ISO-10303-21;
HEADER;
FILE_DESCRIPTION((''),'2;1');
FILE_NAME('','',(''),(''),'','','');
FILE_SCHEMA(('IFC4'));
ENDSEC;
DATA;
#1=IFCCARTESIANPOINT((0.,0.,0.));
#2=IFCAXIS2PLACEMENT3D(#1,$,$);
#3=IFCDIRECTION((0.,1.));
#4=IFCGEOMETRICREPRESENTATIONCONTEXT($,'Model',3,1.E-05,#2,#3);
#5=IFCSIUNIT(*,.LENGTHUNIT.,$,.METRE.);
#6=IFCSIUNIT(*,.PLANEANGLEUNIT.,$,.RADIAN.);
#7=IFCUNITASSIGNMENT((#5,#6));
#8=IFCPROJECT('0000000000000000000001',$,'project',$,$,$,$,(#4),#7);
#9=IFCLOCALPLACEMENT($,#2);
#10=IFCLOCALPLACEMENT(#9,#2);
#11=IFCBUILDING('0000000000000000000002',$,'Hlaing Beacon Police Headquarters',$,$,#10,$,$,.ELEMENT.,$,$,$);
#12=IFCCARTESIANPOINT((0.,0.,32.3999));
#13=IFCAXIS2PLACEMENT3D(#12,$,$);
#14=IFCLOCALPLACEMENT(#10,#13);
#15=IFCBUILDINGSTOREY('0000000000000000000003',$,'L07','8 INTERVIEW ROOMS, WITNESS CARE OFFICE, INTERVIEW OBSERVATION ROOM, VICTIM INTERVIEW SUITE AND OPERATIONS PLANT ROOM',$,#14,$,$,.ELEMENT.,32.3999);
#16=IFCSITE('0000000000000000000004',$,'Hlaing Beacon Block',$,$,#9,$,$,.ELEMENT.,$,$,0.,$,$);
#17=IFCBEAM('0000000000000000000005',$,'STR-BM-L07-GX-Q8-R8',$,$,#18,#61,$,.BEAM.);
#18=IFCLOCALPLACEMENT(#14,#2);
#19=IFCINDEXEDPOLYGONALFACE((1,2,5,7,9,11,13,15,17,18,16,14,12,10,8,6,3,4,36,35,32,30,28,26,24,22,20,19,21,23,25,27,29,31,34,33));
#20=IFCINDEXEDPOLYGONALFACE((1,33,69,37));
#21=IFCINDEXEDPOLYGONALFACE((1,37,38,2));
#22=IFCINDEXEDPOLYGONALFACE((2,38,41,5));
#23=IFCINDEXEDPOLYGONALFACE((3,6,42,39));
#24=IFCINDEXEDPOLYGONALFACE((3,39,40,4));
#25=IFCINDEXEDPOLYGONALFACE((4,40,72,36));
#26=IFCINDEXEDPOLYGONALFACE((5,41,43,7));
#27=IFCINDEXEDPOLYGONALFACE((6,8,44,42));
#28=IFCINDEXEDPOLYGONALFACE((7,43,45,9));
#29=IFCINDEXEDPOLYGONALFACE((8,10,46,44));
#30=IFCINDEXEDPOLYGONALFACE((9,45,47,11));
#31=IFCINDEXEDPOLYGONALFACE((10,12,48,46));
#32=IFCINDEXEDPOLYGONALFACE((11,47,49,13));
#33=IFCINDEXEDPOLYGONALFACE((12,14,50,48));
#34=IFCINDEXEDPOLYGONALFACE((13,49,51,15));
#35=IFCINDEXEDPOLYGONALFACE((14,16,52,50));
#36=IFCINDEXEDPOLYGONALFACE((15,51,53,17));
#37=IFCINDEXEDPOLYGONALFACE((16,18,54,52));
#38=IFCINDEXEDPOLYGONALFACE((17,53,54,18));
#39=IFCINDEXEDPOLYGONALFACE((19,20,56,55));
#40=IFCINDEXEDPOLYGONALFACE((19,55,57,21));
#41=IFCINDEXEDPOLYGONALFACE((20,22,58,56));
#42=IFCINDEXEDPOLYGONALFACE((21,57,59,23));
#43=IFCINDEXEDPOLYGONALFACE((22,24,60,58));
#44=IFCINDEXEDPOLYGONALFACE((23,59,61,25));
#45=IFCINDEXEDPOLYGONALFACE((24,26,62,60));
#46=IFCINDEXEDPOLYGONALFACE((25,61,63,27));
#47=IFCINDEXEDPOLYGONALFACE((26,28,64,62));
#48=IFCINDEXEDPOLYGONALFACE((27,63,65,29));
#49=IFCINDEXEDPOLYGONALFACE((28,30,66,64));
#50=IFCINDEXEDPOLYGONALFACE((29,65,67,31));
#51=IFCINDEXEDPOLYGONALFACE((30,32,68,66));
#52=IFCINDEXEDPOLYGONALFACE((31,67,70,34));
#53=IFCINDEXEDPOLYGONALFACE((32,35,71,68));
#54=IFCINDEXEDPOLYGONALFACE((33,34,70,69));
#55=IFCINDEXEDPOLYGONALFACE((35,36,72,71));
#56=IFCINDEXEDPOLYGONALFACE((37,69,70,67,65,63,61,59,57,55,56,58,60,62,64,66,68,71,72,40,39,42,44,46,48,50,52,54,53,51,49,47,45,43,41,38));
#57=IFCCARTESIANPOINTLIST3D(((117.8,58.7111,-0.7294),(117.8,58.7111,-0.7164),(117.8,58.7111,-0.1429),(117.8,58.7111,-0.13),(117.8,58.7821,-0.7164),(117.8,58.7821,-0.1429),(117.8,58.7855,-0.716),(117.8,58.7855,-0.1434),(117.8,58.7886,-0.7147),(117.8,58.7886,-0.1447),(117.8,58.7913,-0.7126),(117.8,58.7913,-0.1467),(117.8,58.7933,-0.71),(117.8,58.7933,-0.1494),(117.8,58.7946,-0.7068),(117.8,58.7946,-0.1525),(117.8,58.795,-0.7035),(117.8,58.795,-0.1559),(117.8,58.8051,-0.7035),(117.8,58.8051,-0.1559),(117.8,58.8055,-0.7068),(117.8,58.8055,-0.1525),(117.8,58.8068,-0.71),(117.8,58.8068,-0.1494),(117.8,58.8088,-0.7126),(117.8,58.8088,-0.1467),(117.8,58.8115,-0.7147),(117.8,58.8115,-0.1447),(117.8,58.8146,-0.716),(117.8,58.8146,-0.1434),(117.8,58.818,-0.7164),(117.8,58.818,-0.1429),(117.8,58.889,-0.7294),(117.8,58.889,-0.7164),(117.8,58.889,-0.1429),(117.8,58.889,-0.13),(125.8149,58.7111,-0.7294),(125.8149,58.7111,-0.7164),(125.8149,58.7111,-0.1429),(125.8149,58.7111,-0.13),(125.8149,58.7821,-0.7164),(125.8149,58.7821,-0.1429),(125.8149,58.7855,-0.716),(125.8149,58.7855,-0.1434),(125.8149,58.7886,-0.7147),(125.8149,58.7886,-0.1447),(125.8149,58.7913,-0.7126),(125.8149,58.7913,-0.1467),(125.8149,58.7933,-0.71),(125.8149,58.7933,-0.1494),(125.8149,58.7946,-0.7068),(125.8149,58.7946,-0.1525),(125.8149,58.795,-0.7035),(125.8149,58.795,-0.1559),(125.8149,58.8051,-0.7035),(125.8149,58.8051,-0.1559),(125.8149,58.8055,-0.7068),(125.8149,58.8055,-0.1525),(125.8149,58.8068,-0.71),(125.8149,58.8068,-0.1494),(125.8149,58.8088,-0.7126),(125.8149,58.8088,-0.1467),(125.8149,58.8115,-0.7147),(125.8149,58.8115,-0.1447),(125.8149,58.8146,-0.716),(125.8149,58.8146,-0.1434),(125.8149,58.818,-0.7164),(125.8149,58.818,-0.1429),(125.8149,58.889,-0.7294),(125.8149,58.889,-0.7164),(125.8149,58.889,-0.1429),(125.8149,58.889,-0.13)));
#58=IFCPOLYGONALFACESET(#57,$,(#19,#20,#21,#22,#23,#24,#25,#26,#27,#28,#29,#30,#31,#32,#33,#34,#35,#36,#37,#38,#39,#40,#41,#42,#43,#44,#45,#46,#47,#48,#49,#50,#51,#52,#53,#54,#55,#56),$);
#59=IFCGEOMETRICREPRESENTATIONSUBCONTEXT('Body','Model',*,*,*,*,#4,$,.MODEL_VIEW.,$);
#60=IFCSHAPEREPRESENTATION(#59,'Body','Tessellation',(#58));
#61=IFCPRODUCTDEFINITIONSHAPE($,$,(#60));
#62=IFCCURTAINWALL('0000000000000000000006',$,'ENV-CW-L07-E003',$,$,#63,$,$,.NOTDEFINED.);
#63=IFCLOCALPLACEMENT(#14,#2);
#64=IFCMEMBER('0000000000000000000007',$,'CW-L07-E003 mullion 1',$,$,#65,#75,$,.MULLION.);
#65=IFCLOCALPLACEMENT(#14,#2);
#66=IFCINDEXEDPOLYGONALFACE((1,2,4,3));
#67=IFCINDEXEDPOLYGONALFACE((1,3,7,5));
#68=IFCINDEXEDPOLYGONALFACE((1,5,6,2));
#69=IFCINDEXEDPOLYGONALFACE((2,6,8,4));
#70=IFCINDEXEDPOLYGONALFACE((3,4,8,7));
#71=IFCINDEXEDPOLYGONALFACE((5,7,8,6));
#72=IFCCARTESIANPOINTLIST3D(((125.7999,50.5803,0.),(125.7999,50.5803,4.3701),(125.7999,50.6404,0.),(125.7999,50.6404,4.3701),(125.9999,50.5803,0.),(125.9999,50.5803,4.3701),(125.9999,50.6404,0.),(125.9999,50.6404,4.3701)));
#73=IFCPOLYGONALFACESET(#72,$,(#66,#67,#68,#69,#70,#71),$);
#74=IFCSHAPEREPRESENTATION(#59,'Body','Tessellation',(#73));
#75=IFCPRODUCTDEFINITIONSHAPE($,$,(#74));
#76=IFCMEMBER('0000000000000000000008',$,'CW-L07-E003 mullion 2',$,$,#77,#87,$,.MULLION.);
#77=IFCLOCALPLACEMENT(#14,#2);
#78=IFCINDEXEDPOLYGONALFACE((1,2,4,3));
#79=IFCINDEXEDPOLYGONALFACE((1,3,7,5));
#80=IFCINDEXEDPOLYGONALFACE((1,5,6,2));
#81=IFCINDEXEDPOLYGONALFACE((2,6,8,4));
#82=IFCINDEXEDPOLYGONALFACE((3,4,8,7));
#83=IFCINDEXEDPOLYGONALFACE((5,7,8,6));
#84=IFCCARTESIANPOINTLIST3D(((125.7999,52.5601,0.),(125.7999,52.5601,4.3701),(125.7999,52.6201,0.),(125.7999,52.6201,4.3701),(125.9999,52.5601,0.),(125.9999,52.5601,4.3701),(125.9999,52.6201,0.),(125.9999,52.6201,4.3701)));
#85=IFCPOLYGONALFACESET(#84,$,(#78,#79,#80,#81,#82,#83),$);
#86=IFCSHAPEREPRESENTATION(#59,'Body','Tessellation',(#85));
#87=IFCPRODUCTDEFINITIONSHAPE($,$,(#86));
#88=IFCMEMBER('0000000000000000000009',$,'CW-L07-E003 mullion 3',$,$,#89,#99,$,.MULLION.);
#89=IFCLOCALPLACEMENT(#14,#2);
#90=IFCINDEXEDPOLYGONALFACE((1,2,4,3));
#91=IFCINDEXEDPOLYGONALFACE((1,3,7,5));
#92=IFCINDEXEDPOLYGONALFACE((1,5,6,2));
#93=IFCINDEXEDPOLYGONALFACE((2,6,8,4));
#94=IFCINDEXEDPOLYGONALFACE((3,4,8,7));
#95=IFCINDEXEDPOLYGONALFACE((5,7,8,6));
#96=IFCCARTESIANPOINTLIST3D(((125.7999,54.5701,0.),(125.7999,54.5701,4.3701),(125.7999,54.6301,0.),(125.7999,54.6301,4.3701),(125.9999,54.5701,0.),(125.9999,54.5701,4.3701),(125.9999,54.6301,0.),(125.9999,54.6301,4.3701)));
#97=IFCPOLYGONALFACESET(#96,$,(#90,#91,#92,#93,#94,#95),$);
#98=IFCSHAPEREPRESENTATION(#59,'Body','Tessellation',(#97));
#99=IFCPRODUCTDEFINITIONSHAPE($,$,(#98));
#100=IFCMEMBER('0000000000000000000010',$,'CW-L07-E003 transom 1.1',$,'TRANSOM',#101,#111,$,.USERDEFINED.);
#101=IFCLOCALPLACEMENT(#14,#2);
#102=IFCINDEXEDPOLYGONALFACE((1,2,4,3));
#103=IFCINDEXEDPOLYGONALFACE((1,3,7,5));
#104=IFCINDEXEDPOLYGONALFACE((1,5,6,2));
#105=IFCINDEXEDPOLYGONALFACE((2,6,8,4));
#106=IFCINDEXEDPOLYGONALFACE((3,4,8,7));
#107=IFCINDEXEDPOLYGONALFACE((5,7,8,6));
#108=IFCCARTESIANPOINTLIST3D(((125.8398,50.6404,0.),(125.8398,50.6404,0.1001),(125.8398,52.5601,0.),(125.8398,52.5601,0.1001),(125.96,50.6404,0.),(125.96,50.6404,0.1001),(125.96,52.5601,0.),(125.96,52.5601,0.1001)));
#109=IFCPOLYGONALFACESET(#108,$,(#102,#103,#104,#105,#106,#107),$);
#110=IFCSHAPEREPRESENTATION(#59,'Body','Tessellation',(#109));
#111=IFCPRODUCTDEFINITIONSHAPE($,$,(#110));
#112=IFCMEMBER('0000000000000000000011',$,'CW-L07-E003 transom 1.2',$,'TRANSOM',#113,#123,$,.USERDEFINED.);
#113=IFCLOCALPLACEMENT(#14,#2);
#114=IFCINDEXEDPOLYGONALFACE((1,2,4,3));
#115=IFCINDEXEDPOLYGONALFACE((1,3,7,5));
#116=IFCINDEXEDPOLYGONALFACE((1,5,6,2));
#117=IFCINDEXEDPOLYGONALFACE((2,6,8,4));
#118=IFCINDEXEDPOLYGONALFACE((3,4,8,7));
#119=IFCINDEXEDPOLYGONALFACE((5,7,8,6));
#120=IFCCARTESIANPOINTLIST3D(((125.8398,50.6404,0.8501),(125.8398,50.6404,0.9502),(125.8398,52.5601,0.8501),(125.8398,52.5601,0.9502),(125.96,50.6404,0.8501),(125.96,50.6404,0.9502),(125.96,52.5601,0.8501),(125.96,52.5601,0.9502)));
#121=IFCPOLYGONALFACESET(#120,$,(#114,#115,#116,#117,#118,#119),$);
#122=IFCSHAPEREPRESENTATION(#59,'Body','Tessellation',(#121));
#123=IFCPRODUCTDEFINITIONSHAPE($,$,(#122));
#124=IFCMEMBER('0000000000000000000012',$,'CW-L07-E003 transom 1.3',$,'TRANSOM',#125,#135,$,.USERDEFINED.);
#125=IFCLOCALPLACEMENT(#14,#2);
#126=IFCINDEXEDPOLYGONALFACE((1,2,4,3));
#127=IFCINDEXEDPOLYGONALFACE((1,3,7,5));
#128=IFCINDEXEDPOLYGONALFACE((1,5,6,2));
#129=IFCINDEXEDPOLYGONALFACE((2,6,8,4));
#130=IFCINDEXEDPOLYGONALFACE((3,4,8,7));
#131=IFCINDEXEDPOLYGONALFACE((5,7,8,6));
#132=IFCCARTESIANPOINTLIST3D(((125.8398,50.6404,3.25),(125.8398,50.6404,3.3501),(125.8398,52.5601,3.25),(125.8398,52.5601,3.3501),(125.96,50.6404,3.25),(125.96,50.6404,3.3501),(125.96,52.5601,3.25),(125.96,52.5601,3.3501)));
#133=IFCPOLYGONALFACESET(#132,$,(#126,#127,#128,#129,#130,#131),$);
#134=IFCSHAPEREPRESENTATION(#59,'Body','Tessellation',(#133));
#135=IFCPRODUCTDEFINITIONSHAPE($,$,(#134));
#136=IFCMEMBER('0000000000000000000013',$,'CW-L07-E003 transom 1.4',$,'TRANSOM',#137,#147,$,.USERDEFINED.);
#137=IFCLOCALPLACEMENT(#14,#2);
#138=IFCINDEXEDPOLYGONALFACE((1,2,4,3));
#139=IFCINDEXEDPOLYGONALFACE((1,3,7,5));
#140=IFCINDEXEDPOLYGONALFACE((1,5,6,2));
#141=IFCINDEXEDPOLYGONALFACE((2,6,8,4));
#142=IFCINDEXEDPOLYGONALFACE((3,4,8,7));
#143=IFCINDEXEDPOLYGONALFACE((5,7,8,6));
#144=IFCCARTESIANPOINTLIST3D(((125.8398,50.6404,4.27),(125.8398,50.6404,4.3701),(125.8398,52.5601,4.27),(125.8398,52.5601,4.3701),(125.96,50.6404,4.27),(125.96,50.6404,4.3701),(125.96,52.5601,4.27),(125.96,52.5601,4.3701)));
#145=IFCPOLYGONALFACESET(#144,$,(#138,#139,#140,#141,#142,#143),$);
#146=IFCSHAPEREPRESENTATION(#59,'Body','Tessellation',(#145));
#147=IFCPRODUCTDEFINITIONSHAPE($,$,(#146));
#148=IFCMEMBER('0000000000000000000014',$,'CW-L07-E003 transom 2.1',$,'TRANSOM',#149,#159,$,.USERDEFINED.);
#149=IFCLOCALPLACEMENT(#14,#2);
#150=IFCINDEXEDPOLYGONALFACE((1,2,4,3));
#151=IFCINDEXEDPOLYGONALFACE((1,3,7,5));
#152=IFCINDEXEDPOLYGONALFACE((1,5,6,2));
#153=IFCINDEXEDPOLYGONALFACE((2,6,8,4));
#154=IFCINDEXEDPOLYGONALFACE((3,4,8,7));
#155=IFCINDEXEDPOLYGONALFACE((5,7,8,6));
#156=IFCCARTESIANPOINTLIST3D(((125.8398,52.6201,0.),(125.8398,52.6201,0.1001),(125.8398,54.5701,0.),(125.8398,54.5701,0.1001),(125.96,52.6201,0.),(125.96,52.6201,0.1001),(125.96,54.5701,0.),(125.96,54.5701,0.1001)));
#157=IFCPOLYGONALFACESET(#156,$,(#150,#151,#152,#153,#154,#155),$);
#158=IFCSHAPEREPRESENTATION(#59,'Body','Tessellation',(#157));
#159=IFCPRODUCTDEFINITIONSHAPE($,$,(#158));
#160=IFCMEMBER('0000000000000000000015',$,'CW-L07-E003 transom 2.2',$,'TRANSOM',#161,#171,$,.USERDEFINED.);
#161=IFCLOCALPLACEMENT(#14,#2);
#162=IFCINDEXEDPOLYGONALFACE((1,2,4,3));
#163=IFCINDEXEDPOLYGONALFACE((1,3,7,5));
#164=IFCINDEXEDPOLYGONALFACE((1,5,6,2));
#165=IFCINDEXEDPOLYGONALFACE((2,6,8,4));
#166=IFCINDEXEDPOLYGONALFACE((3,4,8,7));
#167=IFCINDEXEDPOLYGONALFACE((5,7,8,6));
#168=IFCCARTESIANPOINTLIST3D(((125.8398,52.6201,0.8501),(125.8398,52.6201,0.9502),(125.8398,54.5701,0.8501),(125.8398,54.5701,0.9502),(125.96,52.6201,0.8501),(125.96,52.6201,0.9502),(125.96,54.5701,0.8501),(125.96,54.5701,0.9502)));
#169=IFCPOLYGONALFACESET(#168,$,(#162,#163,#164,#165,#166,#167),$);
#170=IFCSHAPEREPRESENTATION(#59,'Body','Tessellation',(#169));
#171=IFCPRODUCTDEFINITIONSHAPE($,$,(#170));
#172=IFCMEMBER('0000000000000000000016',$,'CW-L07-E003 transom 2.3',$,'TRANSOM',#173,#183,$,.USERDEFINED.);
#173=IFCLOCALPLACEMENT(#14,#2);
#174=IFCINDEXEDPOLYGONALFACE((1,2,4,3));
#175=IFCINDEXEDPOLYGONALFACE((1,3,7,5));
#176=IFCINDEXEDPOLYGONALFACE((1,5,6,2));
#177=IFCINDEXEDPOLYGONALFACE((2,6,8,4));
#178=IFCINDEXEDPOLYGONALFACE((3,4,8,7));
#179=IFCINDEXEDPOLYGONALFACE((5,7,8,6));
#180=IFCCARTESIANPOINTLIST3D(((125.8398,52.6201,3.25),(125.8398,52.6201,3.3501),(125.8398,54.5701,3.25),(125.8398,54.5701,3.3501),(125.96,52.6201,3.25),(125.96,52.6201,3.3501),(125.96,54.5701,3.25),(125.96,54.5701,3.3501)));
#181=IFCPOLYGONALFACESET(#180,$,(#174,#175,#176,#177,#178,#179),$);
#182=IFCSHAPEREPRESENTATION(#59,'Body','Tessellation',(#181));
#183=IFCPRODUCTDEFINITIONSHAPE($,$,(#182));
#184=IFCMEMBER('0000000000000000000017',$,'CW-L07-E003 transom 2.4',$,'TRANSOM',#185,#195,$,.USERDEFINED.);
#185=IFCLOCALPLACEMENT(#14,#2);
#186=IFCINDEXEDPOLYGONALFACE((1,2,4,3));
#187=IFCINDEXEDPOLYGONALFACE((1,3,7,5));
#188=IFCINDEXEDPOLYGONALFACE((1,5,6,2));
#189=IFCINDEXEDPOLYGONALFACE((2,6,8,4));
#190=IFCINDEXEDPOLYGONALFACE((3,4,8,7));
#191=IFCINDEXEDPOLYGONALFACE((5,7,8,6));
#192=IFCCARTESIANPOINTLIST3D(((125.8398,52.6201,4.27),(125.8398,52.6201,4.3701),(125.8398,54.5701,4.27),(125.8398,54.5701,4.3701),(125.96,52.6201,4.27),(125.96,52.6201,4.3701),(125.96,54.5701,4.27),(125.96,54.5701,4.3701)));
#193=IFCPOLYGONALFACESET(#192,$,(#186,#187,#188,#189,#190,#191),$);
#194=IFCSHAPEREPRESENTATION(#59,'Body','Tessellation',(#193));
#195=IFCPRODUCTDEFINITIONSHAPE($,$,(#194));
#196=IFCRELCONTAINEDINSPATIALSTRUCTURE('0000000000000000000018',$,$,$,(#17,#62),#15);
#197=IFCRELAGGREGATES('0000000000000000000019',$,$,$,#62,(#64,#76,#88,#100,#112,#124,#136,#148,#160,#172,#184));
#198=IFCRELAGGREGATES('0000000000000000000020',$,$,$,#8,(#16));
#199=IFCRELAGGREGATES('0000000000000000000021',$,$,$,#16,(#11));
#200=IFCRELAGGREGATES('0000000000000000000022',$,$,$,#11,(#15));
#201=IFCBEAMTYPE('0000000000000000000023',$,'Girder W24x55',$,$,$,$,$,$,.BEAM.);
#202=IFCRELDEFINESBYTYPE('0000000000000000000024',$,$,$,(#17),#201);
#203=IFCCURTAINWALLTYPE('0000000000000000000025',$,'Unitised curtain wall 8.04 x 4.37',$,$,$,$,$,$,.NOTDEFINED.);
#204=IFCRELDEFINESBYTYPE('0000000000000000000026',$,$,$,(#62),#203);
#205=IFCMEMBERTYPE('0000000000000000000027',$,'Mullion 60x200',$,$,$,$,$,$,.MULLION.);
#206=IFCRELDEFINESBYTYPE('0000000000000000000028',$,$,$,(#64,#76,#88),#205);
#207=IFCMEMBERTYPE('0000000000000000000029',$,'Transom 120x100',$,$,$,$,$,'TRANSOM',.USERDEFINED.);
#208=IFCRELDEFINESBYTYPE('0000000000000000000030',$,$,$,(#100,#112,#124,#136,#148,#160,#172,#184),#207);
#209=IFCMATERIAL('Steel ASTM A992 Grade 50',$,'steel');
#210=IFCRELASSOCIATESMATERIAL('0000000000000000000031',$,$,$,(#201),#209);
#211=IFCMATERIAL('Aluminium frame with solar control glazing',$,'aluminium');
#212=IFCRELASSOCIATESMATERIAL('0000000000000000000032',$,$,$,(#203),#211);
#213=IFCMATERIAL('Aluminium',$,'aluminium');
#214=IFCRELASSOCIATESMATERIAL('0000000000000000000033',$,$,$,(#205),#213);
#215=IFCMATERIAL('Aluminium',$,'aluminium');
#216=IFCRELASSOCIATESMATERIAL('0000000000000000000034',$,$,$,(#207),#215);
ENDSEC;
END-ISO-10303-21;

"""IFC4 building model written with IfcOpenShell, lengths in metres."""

from ifc_helpers import new_model, si_unit, direction, frame, origin, origin_2d, place, context, subcontext, project, spatial, rectangle, i_section, extrude, material, material_profile, profile_set, type_object, element, aggregate, save


model = new_model("IFC4")

# Units and contexts
model_context = context("Model", 3, precision=1e-05, world=origin(), true_north=direction((0.0, 1.0)))
body_context = subcontext(model_context, "Body", "Model", "MODEL_VIEW")
ifc_project = project(units=[si_unit("LENGTHUNIT", "METRE"), si_unit("PLANEANGLEUNIT", "RADIAN")], contexts=[model_context])

# Site, building, storey
site_placement = place(None, origin())
site = spatial("IfcSite", under=ifc_project, at=site_placement, Name="Hlaing Beacon Block", CompositionType="ELEMENT", RefElevation=0.0)
building_placement = place(site_placement, origin())
building = spatial("IfcBuilding", under=site, at=building_placement, Name="Hlaing Beacon Police Headquarters", CompositionType="ELEMENT")
storey_placement = place(building_placement, frame((0.0, 0.0, 32.3999)))
storey = spatial("IfcBuildingStorey", under=building, at=storey_placement, Name="L07", Description="8 INTERVIEW ROOMS, WITNESS CARE OFFICE, INTERVIEW OBSERVATION ROOM, VICTIM INTERVIEW SUITE AND OPERATIONS PLANT ROOM", CompositionType="ELEMENT", Elevation=32.3999)

# Beam
ifc_material_1 = material(Name="Steel ASTM A992 Grade 50", Category="steel")
ifc_material_profile_1 = material_profile(ifc_material_1, i_section(OverallWidth=0.178, OverallDepth=0.5994, WebThickness=0.01, FlangeThickness=0.0129, FilletRadius=0.0129, at=origin_2d()), Name="W24x55")
ifc_profile_set_1 = profile_set([ifc_material_profile_1], Name="Steel ASTM A992 Grade 50")
beam_type = type_object("IfcBeamType", Name="Girder W24x55", PredefinedType="BEAM", material=ifc_profile_set_1)
beam_placement = place(storey_placement, frame((117.8, 58.8, -0.4297), z_axis=(1.0, 0.0, 0.0), x_axis=(0.0, 1.0, 0.0)))
element("IfcBeam", 1, at=beam_placement, inside=storey, type_object=beam_type, Name="STR-BM-L07-GX-Q8-R8", PredefinedType="BEAM", context=body_context, shape_type="SweptSolid", body=[
    extrude(i_section(OverallWidth=0.178, OverallDepth=0.5994, WebThickness=0.01, FlangeThickness=0.0129, FilletRadius=0.0129, at=origin_2d()), origin(), (0.0, 0.0, 1.0), 8.0149),
])

# Curtain wall, members
ifc_material_2 = material(Name="Aluminium frame with solar control glazing", Category="aluminium")
curtain_wall_type = type_object("IfcCurtainWallType", Name="Unitised curtain wall 8.04 x 4.37", PredefinedType="NOTDEFINED", material=ifc_material_2)
curtain_wall_placement = place(storey_placement, origin())
curtain_wall = element("IfcCurtainWall", 2, at=curtain_wall_placement, inside=storey, type_object=curtain_wall_type, Name="ENV-CW-L07-E003", PredefinedType="NOTDEFINED")
ifc_material_3 = material(Name="Aluminium", Category="aluminium")
ifc_material_profile_2 = material_profile(ifc_material_3, rectangle(XDim=0.2, YDim=0.0601, at=origin_2d()), Name="Mullion 60x200")
ifc_profile_set_2 = profile_set([ifc_material_profile_2], Name="Aluminium")
member_type_1 = type_object("IfcMemberType", Name="Mullion 60x200", PredefinedType="MULLION", material=ifc_profile_set_2)
member_1_placement = place(storey_placement, frame((125.8999, 50.6104, 0.0), z_axis=(0.0, 0.0, 1.0), x_axis=(-1.0, 0.0, 0.0)))
member_1 = element("IfcMember", 3, at=member_1_placement, type_object=member_type_1, Name="CW-L07-E003 mullion 1", PredefinedType="MULLION", context=body_context, shape_type="SweptSolid", body=[
    extrude(rectangle(XDim=0.2, YDim=0.0601, at=origin_2d()), origin(), (0.0, 0.0, 1.0), 4.3701),
])
member_2_placement = place(storey_placement, frame((125.8999, 52.5901, 0.0), z_axis=(0.0, 0.0, 1.0), x_axis=(-1.0, 0.0, 0.0)))
member_2 = element("IfcMember", 4, at=member_2_placement, type_object=member_type_1, Name="CW-L07-E003 mullion 2", PredefinedType="MULLION", context=body_context, shape_type="SweptSolid", body=[
    extrude(rectangle(XDim=0.2, YDim=0.0601, at=origin_2d()), origin(), (0.0, 0.0, 1.0), 4.3701),
])
member_3_placement = place(storey_placement, frame((125.8999, 54.6001, 0.0), z_axis=(0.0, 0.0, 1.0), x_axis=(-1.0, 0.0, 0.0)))
member_3 = element("IfcMember", 5, at=member_3_placement, type_object=member_type_1, Name="CW-L07-E003 mullion 3", PredefinedType="MULLION", context=body_context, shape_type="SweptSolid", body=[
    extrude(rectangle(XDim=0.2, YDim=0.0601, at=origin_2d()), origin(), (0.0, 0.0, 1.0), 4.3701),
])
ifc_material_4 = material(Name="Aluminium", Category="aluminium")
ifc_material_profile_3 = material_profile(ifc_material_4, rectangle(XDim=0.1201, YDim=0.1001, at=origin_2d()), Name="Transom 120x100")
ifc_profile_set_3 = profile_set([ifc_material_profile_3], Name="Aluminium")
member_type_2 = type_object("IfcMemberType", Name="Transom 120x100", ElementType="TRANSOM", PredefinedType="USERDEFINED", material=ifc_profile_set_3)
member_4_placement = place(storey_placement, frame((125.8999, 50.6404, 0.05), z_axis=(0.0, 1.0, 0.0), x_axis=(-1.0, 0.0, 0.0)))
member_4 = element("IfcMember", 6, at=member_4_placement, type_object=member_type_2, Name="CW-L07-E003 transom 1.1", ObjectType="TRANSOM", PredefinedType="USERDEFINED", context=body_context, shape_type="SweptSolid", body=[
    extrude(rectangle(XDim=0.1201, YDim=0.1001, at=origin_2d()), origin(), (0.0, 0.0, 1.0), 1.9197),
])
member_5_placement = place(storey_placement, frame((125.8999, 50.6404, 0.9001), z_axis=(0.0, 1.0, 0.0), x_axis=(-1.0, 0.0, 0.0)))
member_5 = element("IfcMember", 7, at=member_5_placement, type_object=member_type_2, Name="CW-L07-E003 transom 1.2", ObjectType="TRANSOM", PredefinedType="USERDEFINED", context=body_context, shape_type="SweptSolid", body=[
    extrude(rectangle(XDim=0.1201, YDim=0.1001, at=origin_2d()), origin(), (0.0, 0.0, 1.0), 1.9197),
])
member_6_placement = place(storey_placement, frame((125.8999, 50.6404, 3.3), z_axis=(0.0, 1.0, 0.0), x_axis=(-1.0, 0.0, 0.0)))
member_6 = element("IfcMember", 8, at=member_6_placement, type_object=member_type_2, Name="CW-L07-E003 transom 1.3", ObjectType="TRANSOM", PredefinedType="USERDEFINED", context=body_context, shape_type="SweptSolid", body=[
    extrude(rectangle(XDim=0.1201, YDim=0.1001, at=origin_2d()), origin(), (0.0, 0.0, 1.0), 1.9197),
])
member_7_placement = place(storey_placement, frame((125.8999, 50.6404, 4.3201), z_axis=(0.0, 1.0, 0.0), x_axis=(-1.0, 0.0, 0.0)))
member_7 = element("IfcMember", 9, at=member_7_placement, type_object=member_type_2, Name="CW-L07-E003 transom 1.4", ObjectType="TRANSOM", PredefinedType="USERDEFINED", context=body_context, shape_type="SweptSolid", body=[
    extrude(rectangle(XDim=0.1201, YDim=0.1001, at=origin_2d()), origin(), (0.0, 0.0, 1.0), 1.9197),
])
member_8_placement = place(storey_placement, frame((125.8999, 52.6201, 0.05), z_axis=(0.0, 1.0, 0.0), x_axis=(-1.0, 0.0, 0.0)))
member_8 = element("IfcMember", 10, at=member_8_placement, type_object=member_type_2, Name="CW-L07-E003 transom 2.1", ObjectType="TRANSOM", PredefinedType="USERDEFINED", context=body_context, shape_type="SweptSolid", body=[
    extrude(rectangle(XDim=0.1201, YDim=0.1001, at=origin_2d()), origin(), (0.0, 0.0, 1.0), 1.95),
])
member_9_placement = place(storey_placement, frame((125.8999, 52.6201, 0.9001), z_axis=(0.0, 1.0, 0.0), x_axis=(-1.0, 0.0, 0.0)))
member_9 = element("IfcMember", 11, at=member_9_placement, type_object=member_type_2, Name="CW-L07-E003 transom 2.2", ObjectType="TRANSOM", PredefinedType="USERDEFINED", context=body_context, shape_type="SweptSolid", body=[
    extrude(rectangle(XDim=0.1201, YDim=0.1001, at=origin_2d()), origin(), (0.0, 0.0, 1.0), 1.95),
])
member_10_placement = place(storey_placement, frame((125.8999, 52.6201, 3.3), z_axis=(0.0, 1.0, 0.0), x_axis=(-1.0, 0.0, 0.0)))
member_10 = element("IfcMember", 12, at=member_10_placement, type_object=member_type_2, Name="CW-L07-E003 transom 2.3", ObjectType="TRANSOM", PredefinedType="USERDEFINED", context=body_context, shape_type="SweptSolid", body=[
    extrude(rectangle(XDim=0.1201, YDim=0.1001, at=origin_2d()), origin(), (0.0, 0.0, 1.0), 1.95),
])
member_11_placement = place(storey_placement, frame((125.8999, 52.6201, 4.3201), z_axis=(0.0, 1.0, 0.0), x_axis=(-1.0, 0.0, 0.0)))
member_11 = element("IfcMember", 13, at=member_11_placement, type_object=member_type_2, Name="CW-L07-E003 transom 2.4", ObjectType="TRANSOM", PredefinedType="USERDEFINED", context=body_context, shape_type="SweptSolid", body=[
    extrude(rectangle(XDim=0.1201, YDim=0.1001, at=origin_2d()), origin(), (0.0, 0.0, 1.0), 1.95),
])
aggregate(curtain_wall, [member_1, member_2, member_3, member_4, member_5, member_6, member_7, member_8, member_9, member_10, member_11])

save(model, "model.ifc")
